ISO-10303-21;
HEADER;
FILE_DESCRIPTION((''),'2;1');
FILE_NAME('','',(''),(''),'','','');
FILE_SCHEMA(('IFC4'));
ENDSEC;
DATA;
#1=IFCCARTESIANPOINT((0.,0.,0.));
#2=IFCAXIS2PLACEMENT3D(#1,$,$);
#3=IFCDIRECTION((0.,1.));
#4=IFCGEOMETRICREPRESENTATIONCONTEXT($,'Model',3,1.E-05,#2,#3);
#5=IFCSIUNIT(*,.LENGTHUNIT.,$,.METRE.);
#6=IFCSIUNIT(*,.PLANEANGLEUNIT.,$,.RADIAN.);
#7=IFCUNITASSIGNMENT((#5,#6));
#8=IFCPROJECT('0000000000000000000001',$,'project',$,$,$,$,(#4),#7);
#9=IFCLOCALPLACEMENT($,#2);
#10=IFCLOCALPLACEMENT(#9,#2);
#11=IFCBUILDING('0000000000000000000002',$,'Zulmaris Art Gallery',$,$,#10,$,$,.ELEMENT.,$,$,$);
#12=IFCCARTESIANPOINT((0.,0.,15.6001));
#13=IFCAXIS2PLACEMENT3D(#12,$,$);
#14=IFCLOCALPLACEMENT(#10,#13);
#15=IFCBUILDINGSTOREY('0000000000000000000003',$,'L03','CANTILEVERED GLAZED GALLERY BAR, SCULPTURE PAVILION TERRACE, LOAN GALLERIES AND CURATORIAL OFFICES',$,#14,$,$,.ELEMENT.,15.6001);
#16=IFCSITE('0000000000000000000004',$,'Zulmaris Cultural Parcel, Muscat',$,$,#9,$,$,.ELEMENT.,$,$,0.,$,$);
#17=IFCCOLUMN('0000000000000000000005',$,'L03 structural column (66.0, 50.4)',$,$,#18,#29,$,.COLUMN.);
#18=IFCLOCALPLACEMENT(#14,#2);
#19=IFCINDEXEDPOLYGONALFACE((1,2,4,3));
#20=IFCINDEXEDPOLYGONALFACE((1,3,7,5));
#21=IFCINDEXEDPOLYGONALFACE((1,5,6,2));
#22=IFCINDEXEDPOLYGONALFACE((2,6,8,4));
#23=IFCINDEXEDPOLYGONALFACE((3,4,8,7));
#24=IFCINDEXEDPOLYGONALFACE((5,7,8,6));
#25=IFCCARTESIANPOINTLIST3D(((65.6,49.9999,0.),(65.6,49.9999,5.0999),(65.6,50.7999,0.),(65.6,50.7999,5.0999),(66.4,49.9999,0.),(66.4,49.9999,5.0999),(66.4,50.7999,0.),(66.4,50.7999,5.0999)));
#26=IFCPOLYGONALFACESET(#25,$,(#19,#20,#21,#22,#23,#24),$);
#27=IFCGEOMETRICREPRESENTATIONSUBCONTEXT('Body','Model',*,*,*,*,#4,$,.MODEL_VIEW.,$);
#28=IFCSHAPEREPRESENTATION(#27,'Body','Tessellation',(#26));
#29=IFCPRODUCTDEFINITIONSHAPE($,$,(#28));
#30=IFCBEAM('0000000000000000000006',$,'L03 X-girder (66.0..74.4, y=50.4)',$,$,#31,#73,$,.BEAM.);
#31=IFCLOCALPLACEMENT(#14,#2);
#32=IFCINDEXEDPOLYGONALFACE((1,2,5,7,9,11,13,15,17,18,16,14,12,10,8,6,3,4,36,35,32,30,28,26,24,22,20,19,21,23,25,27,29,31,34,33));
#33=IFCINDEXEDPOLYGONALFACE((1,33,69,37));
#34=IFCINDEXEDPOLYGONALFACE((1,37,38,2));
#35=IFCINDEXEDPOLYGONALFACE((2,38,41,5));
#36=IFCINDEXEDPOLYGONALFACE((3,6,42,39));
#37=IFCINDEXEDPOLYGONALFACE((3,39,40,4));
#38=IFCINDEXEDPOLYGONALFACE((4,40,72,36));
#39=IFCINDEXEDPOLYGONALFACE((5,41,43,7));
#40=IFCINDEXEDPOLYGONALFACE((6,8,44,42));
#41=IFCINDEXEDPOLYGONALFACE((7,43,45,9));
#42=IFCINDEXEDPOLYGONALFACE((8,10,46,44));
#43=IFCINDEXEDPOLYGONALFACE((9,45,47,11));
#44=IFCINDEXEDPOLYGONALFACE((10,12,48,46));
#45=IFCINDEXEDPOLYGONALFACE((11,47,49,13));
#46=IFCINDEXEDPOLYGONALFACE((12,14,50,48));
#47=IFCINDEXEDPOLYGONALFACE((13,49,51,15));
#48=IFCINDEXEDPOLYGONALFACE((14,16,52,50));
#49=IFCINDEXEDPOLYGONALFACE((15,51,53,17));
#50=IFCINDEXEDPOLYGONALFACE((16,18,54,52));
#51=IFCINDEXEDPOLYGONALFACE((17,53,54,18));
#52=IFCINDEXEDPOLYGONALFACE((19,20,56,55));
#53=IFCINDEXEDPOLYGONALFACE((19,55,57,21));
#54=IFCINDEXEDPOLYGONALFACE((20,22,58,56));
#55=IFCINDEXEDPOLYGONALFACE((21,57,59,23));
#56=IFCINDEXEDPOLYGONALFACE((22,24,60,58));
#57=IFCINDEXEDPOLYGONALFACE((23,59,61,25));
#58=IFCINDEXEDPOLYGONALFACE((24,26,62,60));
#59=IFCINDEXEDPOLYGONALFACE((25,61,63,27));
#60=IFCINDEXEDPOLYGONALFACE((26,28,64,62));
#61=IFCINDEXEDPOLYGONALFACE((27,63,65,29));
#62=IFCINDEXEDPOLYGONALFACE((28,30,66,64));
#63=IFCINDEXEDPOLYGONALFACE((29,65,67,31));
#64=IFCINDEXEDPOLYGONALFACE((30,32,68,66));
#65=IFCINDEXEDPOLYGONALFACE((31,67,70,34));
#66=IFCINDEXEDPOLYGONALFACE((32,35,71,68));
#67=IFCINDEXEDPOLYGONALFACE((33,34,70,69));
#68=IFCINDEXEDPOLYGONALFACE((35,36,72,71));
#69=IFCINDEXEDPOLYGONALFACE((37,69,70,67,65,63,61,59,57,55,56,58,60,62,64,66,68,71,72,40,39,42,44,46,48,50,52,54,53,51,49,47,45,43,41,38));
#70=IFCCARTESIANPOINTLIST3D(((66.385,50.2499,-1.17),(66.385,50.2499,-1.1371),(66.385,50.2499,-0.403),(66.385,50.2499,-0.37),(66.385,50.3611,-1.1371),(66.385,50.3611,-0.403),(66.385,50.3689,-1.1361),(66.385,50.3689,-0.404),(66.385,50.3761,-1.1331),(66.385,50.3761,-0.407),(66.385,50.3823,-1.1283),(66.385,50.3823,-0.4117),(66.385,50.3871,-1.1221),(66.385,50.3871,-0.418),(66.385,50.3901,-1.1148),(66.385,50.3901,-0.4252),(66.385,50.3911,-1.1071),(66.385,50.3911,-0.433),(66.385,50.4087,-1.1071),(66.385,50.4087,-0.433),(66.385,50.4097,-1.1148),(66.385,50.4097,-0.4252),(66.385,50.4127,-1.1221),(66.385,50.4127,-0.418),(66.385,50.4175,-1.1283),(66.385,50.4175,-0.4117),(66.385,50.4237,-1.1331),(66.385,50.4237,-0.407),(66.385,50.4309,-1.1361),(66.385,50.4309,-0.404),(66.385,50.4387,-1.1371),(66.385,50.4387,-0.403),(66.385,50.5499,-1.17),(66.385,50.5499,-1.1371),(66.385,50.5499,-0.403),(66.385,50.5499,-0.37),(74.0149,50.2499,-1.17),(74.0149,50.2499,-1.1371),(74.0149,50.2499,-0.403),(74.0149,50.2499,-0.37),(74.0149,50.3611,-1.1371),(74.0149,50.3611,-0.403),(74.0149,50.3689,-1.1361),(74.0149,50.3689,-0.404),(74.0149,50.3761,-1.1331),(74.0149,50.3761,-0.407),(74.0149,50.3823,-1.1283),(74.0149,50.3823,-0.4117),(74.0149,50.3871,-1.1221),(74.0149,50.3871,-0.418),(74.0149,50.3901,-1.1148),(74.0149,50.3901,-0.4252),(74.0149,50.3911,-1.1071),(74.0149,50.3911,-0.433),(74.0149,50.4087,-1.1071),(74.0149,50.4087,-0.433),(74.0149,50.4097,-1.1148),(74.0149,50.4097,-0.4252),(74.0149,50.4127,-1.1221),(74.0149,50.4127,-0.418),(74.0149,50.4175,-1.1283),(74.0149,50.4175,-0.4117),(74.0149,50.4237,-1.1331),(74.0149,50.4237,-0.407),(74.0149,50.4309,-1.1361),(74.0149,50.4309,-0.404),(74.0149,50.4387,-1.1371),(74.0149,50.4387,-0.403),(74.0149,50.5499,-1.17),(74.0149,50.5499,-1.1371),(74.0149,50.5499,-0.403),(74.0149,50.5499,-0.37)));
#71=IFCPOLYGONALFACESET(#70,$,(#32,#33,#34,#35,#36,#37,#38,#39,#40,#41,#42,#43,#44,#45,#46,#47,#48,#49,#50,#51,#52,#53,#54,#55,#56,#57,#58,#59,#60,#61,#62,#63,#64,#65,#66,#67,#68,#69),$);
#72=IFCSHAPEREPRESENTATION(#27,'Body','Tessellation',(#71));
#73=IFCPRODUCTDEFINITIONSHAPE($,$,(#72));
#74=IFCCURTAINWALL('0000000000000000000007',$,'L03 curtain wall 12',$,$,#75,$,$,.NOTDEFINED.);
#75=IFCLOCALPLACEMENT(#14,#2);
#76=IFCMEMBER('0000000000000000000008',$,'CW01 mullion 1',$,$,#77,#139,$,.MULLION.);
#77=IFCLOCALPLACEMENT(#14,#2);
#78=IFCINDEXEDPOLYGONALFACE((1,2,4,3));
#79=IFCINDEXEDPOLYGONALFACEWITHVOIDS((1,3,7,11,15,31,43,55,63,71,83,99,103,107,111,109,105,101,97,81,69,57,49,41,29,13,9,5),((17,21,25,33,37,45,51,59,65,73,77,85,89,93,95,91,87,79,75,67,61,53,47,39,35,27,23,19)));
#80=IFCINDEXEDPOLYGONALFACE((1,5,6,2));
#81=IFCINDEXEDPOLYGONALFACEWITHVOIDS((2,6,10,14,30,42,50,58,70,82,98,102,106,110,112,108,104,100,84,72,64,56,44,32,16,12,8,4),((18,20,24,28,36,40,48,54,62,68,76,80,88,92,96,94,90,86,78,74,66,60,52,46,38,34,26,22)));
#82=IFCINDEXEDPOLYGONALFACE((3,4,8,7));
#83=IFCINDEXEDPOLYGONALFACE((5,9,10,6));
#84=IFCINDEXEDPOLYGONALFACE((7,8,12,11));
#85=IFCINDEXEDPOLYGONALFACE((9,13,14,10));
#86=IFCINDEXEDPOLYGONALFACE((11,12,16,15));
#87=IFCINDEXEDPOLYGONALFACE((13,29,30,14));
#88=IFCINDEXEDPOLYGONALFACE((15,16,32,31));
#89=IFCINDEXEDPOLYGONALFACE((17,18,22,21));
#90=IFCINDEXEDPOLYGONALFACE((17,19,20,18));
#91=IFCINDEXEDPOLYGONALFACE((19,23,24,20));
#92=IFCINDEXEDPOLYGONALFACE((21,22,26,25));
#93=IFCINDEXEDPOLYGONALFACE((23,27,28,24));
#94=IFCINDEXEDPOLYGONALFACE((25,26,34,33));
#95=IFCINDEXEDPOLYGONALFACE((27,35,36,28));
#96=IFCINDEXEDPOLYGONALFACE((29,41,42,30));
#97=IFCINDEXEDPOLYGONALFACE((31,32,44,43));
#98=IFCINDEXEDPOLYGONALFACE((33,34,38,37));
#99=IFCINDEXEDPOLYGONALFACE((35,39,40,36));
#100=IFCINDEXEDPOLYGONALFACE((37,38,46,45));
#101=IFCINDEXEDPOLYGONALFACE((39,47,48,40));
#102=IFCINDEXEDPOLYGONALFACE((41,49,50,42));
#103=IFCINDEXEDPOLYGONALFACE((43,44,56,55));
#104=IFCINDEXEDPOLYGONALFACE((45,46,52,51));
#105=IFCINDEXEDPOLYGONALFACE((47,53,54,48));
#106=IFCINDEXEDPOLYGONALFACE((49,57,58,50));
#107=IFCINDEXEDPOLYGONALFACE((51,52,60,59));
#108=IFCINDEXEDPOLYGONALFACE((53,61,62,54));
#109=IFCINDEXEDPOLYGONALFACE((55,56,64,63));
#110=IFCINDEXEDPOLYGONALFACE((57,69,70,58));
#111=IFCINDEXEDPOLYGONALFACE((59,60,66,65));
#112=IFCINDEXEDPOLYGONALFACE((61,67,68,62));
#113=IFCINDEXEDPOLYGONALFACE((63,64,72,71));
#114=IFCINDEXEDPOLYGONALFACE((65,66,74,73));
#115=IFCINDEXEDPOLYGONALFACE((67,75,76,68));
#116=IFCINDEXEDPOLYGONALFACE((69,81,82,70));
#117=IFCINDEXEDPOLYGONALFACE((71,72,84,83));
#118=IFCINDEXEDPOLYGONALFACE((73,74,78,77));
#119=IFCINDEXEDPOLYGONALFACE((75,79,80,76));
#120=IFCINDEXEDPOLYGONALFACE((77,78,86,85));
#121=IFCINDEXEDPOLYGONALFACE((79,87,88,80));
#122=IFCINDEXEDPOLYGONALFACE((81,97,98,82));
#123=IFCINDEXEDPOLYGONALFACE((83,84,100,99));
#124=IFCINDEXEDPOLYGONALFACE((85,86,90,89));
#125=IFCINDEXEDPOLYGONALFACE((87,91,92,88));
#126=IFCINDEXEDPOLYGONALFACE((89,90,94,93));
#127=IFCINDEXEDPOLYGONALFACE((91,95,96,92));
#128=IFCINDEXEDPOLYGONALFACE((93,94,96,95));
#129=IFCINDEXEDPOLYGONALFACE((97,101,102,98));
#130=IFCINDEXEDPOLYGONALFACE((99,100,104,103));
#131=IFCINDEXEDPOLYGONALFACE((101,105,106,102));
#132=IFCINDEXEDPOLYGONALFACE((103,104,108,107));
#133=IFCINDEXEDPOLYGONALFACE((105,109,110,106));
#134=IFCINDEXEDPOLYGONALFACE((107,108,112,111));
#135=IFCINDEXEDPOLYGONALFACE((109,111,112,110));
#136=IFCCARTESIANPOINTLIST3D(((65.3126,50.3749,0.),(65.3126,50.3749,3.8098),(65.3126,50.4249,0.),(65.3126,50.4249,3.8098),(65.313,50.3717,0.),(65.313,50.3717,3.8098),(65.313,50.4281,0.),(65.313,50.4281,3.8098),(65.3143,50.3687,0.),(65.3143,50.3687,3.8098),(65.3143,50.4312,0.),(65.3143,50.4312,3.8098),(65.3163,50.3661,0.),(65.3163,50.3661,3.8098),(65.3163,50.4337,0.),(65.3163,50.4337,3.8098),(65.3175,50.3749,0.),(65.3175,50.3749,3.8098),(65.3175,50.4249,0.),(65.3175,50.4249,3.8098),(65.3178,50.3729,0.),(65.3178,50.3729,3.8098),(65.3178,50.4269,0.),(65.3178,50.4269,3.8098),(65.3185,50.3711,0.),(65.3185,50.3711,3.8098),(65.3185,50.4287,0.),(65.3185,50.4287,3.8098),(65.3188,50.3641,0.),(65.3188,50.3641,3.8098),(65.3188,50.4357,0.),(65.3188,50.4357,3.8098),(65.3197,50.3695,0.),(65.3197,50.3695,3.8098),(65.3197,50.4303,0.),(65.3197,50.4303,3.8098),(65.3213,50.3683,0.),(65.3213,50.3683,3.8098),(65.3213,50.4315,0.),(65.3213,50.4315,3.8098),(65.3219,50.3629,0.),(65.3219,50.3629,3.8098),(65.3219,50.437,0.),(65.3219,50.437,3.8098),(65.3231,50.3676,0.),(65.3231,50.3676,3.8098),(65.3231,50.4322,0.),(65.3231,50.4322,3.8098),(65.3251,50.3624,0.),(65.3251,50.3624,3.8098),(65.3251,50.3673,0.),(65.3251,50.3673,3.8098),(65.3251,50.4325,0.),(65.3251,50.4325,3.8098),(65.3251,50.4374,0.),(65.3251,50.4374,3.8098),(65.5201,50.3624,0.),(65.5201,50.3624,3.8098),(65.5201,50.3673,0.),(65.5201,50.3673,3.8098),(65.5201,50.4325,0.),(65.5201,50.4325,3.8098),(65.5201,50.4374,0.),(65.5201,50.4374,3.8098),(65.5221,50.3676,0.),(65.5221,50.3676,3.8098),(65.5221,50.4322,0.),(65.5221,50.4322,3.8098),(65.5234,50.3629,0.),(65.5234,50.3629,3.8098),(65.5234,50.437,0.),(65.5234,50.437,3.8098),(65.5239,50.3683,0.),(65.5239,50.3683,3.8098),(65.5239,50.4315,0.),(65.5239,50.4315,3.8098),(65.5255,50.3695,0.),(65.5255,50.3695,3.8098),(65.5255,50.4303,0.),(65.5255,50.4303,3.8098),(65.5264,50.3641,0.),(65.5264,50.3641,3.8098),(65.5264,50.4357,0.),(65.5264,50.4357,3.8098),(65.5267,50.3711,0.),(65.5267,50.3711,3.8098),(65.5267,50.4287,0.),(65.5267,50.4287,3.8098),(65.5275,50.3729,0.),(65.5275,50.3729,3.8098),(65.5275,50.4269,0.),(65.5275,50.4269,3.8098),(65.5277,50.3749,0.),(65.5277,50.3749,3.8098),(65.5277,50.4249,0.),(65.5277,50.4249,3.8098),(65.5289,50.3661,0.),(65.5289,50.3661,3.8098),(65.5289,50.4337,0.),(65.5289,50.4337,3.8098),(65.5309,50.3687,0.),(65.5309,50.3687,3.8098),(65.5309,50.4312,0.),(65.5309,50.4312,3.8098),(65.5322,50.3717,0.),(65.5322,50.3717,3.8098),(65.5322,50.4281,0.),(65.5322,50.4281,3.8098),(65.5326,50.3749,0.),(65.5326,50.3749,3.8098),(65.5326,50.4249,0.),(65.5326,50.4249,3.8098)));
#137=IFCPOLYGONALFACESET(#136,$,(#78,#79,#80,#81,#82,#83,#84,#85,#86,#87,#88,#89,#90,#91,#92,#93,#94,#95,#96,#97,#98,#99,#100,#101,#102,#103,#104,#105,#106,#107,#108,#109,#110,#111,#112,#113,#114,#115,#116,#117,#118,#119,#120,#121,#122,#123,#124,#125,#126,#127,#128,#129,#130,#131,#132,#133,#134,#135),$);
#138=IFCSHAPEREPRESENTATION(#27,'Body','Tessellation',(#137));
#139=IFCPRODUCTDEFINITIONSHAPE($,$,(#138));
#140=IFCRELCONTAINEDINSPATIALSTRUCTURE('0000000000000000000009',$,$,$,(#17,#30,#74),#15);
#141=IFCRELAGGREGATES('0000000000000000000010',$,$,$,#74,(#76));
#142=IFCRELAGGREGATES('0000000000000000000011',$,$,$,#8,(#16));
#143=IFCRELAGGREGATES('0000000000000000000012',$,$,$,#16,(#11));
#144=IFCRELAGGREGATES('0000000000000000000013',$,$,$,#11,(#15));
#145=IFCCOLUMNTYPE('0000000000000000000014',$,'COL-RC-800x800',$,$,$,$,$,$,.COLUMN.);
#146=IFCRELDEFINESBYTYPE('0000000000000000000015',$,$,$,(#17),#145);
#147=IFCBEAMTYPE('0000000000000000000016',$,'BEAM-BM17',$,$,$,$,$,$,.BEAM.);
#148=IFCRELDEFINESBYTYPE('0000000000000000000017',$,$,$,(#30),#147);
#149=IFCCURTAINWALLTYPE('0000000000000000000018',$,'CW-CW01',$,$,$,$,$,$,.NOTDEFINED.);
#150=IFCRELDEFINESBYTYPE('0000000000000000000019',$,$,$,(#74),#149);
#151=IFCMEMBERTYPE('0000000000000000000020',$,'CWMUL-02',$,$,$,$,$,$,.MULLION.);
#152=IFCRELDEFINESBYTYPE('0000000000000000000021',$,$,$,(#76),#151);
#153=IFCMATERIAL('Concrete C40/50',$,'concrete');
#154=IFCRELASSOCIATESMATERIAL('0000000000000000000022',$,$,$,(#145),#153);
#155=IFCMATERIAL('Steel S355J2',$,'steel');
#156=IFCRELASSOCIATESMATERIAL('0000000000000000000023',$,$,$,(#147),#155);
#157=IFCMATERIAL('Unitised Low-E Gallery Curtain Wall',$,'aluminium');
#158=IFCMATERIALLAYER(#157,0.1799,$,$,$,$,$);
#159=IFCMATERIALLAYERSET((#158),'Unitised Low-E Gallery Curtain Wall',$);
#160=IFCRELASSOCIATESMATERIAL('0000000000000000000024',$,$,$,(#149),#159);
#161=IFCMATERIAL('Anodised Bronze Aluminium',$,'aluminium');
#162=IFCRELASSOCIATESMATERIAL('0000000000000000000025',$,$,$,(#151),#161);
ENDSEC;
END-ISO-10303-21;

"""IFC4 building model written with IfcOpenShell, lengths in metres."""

from ifc_helpers import new_model, si_unit, direction, frame, origin, origin_2d, place, context, subcontext, project, spatial, rectangle, hollow_rectangle, i_section, extrude, material, layer, layer_set, material_profile, profile_set, type_object, element, aggregate, save


model = new_model("IFC4")

# Units and contexts
model_context = context("Model", 3, precision=1e-05, world=origin(), true_north=direction((0.0, 1.0)))
body_context = subcontext(model_context, "Body", "Model", "MODEL_VIEW")
ifc_project = project(units=[si_unit("LENGTHUNIT", "METRE"), si_unit("PLANEANGLEUNIT", "RADIAN")], contexts=[model_context])

# Site, building, storey
site_placement = place(None, origin())
site = spatial("IfcSite", under=ifc_project, at=site_placement, Name="Zulmaris Cultural Parcel, Muscat", CompositionType="ELEMENT", RefElevation=0.0)
building_placement = place(site_placement, origin())
building = spatial("IfcBuilding", under=site, at=building_placement, Name="Zulmaris Art Gallery", CompositionType="ELEMENT")
storey_placement = place(building_placement, frame((0.0, 0.0, 15.6001)))
storey = spatial("IfcBuildingStorey", under=building, at=storey_placement, Name="L03", Description="CANTILEVERED GLAZED GALLERY BAR, SCULPTURE PAVILION TERRACE, LOAN GALLERIES AND CURATORIAL OFFICES", CompositionType="ELEMENT", Elevation=15.6001)

# Column
ifc_material_1 = material(Name="Concrete C40/50", Category="concrete")
ifc_material_profile_1 = material_profile(ifc_material_1, rectangle(XDim=0.8, YDim=0.8, at=origin_2d()), Name="RC 800x800")
ifc_profile_set_1 = profile_set([ifc_material_profile_1], Name="Concrete C40/50")
column_type = type_object("IfcColumnType", Name="COL-RC-800x800", PredefinedType="COLUMN", material=ifc_profile_set_1)
column_placement = place(storey_placement, frame((66.0, 50.3999, 0.0), z_axis=(0.0, 0.0, 1.0), x_axis=(1.0, 0.0, 0.0)))
element("IfcColumn", 1, at=column_placement, inside=storey, type_object=column_type, Name="L03 structural column (66.0, 50.4)", PredefinedType="COLUMN", context=body_context, shape_type="SweptSolid", body=[
    extrude(rectangle(XDim=0.8, YDim=0.8, at=origin_2d()), origin(), (0.0, 0.0, 1.0), 5.0999),
])

# Beam
ifc_material_2 = material(Name="Steel S355J2", Category="steel")
ifc_material_profile_2 = material_profile(ifc_material_2, i_section(OverallWidth=0.3, OverallDepth=0.8, WebThickness=0.0176, FlangeThickness=0.033, FilletRadius=0.03, at=origin_2d()), Name="HEB 800")
ifc_profile_set_2 = profile_set([ifc_material_profile_2], Name="Steel S355J2")
beam_type = type_object("IfcBeamType", Name="BEAM-BM17", PredefinedType="BEAM", material=ifc_profile_set_2)
beam_placement = place(storey_placement, frame((66.385, 50.3999, -0.77), z_axis=(1.0, 0.0, 0.0), x_axis=(0.0, 1.0, 0.0)))
element("IfcBeam", 2, at=beam_placement, inside=storey, type_object=beam_type, Name="L03 X-girder (66.0..74.4, y=50.4)", PredefinedType="BEAM", context=body_context, shape_type="SweptSolid", body=[
    extrude(i_section(OverallWidth=0.3, OverallDepth=0.8, WebThickness=0.0176, FlangeThickness=0.033, FilletRadius=0.03, at=origin_2d()), origin(), (0.0, 0.0, 1.0), 7.6299),
])

# Curtain wall, member
ifc_material_3 = material(Name="Unitised Low-E Gallery Curtain Wall", Category="aluminium")
ifc_layer_1 = layer(ifc_material_3, 0.1799)
ifc_layer_set_1 = layer_set([ifc_layer_1], Name="Unitised Low-E Gallery Curtain Wall")
curtain_wall_type = type_object("IfcCurtainWallType", Name="CW-CW01", PredefinedType="NOTDEFINED", material=ifc_layer_set_1)
curtain_wall_1_placement = place(storey_placement, origin())
curtain_wall_1 = element("IfcCurtainWall", 3, at=curtain_wall_1_placement, inside=storey, type_object=curtain_wall_type, Name="L03 curtain wall 12", PredefinedType="NOTDEFINED")
ifc_material_4 = material(Name="Anodised Bronze Aluminium", Category="aluminium")
ifc_material_profile_3 = material_profile(ifc_material_4, hollow_rectangle(XDim=0.075, YDim=0.22, WallThickness=0.0049, InnerFilletRadius=0.0076, OuterFilletRadius=0.0125, at=origin_2d()), Name="ALU 75x220x5")
ifc_profile_set_3 = profile_set([ifc_material_profile_3], Name="Anodised Bronze Aluminium")
member_type_1 = type_object("IfcMemberType", Name="CWMUL-02", PredefinedType="MULLION", material=ifc_profile_set_3)
member_1_placement = place(storey_placement, frame((65.4226, 50.3999, 0.0), z_axis=(0.0, 0.0, 1.0), x_axis=(0.0, -1.0, 0.0)))
member_1 = element("IfcMember", 4, at=member_1_placement, type_object=member_type_1, Name="CW01 mullion 1", PredefinedType="MULLION", context=body_context, shape_type="SweptSolid", body=[
    extrude(hollow_rectangle(XDim=0.075, YDim=0.22, WallThickness=0.0049, InnerFilletRadius=0.0076, OuterFilletRadius=0.0125, at=origin_2d()), origin(), (0.0, 0.0, 1.0), 3.8098),
])

aggregate(curtain_wall_1, [member_1])

save(model, "model.ifc")
